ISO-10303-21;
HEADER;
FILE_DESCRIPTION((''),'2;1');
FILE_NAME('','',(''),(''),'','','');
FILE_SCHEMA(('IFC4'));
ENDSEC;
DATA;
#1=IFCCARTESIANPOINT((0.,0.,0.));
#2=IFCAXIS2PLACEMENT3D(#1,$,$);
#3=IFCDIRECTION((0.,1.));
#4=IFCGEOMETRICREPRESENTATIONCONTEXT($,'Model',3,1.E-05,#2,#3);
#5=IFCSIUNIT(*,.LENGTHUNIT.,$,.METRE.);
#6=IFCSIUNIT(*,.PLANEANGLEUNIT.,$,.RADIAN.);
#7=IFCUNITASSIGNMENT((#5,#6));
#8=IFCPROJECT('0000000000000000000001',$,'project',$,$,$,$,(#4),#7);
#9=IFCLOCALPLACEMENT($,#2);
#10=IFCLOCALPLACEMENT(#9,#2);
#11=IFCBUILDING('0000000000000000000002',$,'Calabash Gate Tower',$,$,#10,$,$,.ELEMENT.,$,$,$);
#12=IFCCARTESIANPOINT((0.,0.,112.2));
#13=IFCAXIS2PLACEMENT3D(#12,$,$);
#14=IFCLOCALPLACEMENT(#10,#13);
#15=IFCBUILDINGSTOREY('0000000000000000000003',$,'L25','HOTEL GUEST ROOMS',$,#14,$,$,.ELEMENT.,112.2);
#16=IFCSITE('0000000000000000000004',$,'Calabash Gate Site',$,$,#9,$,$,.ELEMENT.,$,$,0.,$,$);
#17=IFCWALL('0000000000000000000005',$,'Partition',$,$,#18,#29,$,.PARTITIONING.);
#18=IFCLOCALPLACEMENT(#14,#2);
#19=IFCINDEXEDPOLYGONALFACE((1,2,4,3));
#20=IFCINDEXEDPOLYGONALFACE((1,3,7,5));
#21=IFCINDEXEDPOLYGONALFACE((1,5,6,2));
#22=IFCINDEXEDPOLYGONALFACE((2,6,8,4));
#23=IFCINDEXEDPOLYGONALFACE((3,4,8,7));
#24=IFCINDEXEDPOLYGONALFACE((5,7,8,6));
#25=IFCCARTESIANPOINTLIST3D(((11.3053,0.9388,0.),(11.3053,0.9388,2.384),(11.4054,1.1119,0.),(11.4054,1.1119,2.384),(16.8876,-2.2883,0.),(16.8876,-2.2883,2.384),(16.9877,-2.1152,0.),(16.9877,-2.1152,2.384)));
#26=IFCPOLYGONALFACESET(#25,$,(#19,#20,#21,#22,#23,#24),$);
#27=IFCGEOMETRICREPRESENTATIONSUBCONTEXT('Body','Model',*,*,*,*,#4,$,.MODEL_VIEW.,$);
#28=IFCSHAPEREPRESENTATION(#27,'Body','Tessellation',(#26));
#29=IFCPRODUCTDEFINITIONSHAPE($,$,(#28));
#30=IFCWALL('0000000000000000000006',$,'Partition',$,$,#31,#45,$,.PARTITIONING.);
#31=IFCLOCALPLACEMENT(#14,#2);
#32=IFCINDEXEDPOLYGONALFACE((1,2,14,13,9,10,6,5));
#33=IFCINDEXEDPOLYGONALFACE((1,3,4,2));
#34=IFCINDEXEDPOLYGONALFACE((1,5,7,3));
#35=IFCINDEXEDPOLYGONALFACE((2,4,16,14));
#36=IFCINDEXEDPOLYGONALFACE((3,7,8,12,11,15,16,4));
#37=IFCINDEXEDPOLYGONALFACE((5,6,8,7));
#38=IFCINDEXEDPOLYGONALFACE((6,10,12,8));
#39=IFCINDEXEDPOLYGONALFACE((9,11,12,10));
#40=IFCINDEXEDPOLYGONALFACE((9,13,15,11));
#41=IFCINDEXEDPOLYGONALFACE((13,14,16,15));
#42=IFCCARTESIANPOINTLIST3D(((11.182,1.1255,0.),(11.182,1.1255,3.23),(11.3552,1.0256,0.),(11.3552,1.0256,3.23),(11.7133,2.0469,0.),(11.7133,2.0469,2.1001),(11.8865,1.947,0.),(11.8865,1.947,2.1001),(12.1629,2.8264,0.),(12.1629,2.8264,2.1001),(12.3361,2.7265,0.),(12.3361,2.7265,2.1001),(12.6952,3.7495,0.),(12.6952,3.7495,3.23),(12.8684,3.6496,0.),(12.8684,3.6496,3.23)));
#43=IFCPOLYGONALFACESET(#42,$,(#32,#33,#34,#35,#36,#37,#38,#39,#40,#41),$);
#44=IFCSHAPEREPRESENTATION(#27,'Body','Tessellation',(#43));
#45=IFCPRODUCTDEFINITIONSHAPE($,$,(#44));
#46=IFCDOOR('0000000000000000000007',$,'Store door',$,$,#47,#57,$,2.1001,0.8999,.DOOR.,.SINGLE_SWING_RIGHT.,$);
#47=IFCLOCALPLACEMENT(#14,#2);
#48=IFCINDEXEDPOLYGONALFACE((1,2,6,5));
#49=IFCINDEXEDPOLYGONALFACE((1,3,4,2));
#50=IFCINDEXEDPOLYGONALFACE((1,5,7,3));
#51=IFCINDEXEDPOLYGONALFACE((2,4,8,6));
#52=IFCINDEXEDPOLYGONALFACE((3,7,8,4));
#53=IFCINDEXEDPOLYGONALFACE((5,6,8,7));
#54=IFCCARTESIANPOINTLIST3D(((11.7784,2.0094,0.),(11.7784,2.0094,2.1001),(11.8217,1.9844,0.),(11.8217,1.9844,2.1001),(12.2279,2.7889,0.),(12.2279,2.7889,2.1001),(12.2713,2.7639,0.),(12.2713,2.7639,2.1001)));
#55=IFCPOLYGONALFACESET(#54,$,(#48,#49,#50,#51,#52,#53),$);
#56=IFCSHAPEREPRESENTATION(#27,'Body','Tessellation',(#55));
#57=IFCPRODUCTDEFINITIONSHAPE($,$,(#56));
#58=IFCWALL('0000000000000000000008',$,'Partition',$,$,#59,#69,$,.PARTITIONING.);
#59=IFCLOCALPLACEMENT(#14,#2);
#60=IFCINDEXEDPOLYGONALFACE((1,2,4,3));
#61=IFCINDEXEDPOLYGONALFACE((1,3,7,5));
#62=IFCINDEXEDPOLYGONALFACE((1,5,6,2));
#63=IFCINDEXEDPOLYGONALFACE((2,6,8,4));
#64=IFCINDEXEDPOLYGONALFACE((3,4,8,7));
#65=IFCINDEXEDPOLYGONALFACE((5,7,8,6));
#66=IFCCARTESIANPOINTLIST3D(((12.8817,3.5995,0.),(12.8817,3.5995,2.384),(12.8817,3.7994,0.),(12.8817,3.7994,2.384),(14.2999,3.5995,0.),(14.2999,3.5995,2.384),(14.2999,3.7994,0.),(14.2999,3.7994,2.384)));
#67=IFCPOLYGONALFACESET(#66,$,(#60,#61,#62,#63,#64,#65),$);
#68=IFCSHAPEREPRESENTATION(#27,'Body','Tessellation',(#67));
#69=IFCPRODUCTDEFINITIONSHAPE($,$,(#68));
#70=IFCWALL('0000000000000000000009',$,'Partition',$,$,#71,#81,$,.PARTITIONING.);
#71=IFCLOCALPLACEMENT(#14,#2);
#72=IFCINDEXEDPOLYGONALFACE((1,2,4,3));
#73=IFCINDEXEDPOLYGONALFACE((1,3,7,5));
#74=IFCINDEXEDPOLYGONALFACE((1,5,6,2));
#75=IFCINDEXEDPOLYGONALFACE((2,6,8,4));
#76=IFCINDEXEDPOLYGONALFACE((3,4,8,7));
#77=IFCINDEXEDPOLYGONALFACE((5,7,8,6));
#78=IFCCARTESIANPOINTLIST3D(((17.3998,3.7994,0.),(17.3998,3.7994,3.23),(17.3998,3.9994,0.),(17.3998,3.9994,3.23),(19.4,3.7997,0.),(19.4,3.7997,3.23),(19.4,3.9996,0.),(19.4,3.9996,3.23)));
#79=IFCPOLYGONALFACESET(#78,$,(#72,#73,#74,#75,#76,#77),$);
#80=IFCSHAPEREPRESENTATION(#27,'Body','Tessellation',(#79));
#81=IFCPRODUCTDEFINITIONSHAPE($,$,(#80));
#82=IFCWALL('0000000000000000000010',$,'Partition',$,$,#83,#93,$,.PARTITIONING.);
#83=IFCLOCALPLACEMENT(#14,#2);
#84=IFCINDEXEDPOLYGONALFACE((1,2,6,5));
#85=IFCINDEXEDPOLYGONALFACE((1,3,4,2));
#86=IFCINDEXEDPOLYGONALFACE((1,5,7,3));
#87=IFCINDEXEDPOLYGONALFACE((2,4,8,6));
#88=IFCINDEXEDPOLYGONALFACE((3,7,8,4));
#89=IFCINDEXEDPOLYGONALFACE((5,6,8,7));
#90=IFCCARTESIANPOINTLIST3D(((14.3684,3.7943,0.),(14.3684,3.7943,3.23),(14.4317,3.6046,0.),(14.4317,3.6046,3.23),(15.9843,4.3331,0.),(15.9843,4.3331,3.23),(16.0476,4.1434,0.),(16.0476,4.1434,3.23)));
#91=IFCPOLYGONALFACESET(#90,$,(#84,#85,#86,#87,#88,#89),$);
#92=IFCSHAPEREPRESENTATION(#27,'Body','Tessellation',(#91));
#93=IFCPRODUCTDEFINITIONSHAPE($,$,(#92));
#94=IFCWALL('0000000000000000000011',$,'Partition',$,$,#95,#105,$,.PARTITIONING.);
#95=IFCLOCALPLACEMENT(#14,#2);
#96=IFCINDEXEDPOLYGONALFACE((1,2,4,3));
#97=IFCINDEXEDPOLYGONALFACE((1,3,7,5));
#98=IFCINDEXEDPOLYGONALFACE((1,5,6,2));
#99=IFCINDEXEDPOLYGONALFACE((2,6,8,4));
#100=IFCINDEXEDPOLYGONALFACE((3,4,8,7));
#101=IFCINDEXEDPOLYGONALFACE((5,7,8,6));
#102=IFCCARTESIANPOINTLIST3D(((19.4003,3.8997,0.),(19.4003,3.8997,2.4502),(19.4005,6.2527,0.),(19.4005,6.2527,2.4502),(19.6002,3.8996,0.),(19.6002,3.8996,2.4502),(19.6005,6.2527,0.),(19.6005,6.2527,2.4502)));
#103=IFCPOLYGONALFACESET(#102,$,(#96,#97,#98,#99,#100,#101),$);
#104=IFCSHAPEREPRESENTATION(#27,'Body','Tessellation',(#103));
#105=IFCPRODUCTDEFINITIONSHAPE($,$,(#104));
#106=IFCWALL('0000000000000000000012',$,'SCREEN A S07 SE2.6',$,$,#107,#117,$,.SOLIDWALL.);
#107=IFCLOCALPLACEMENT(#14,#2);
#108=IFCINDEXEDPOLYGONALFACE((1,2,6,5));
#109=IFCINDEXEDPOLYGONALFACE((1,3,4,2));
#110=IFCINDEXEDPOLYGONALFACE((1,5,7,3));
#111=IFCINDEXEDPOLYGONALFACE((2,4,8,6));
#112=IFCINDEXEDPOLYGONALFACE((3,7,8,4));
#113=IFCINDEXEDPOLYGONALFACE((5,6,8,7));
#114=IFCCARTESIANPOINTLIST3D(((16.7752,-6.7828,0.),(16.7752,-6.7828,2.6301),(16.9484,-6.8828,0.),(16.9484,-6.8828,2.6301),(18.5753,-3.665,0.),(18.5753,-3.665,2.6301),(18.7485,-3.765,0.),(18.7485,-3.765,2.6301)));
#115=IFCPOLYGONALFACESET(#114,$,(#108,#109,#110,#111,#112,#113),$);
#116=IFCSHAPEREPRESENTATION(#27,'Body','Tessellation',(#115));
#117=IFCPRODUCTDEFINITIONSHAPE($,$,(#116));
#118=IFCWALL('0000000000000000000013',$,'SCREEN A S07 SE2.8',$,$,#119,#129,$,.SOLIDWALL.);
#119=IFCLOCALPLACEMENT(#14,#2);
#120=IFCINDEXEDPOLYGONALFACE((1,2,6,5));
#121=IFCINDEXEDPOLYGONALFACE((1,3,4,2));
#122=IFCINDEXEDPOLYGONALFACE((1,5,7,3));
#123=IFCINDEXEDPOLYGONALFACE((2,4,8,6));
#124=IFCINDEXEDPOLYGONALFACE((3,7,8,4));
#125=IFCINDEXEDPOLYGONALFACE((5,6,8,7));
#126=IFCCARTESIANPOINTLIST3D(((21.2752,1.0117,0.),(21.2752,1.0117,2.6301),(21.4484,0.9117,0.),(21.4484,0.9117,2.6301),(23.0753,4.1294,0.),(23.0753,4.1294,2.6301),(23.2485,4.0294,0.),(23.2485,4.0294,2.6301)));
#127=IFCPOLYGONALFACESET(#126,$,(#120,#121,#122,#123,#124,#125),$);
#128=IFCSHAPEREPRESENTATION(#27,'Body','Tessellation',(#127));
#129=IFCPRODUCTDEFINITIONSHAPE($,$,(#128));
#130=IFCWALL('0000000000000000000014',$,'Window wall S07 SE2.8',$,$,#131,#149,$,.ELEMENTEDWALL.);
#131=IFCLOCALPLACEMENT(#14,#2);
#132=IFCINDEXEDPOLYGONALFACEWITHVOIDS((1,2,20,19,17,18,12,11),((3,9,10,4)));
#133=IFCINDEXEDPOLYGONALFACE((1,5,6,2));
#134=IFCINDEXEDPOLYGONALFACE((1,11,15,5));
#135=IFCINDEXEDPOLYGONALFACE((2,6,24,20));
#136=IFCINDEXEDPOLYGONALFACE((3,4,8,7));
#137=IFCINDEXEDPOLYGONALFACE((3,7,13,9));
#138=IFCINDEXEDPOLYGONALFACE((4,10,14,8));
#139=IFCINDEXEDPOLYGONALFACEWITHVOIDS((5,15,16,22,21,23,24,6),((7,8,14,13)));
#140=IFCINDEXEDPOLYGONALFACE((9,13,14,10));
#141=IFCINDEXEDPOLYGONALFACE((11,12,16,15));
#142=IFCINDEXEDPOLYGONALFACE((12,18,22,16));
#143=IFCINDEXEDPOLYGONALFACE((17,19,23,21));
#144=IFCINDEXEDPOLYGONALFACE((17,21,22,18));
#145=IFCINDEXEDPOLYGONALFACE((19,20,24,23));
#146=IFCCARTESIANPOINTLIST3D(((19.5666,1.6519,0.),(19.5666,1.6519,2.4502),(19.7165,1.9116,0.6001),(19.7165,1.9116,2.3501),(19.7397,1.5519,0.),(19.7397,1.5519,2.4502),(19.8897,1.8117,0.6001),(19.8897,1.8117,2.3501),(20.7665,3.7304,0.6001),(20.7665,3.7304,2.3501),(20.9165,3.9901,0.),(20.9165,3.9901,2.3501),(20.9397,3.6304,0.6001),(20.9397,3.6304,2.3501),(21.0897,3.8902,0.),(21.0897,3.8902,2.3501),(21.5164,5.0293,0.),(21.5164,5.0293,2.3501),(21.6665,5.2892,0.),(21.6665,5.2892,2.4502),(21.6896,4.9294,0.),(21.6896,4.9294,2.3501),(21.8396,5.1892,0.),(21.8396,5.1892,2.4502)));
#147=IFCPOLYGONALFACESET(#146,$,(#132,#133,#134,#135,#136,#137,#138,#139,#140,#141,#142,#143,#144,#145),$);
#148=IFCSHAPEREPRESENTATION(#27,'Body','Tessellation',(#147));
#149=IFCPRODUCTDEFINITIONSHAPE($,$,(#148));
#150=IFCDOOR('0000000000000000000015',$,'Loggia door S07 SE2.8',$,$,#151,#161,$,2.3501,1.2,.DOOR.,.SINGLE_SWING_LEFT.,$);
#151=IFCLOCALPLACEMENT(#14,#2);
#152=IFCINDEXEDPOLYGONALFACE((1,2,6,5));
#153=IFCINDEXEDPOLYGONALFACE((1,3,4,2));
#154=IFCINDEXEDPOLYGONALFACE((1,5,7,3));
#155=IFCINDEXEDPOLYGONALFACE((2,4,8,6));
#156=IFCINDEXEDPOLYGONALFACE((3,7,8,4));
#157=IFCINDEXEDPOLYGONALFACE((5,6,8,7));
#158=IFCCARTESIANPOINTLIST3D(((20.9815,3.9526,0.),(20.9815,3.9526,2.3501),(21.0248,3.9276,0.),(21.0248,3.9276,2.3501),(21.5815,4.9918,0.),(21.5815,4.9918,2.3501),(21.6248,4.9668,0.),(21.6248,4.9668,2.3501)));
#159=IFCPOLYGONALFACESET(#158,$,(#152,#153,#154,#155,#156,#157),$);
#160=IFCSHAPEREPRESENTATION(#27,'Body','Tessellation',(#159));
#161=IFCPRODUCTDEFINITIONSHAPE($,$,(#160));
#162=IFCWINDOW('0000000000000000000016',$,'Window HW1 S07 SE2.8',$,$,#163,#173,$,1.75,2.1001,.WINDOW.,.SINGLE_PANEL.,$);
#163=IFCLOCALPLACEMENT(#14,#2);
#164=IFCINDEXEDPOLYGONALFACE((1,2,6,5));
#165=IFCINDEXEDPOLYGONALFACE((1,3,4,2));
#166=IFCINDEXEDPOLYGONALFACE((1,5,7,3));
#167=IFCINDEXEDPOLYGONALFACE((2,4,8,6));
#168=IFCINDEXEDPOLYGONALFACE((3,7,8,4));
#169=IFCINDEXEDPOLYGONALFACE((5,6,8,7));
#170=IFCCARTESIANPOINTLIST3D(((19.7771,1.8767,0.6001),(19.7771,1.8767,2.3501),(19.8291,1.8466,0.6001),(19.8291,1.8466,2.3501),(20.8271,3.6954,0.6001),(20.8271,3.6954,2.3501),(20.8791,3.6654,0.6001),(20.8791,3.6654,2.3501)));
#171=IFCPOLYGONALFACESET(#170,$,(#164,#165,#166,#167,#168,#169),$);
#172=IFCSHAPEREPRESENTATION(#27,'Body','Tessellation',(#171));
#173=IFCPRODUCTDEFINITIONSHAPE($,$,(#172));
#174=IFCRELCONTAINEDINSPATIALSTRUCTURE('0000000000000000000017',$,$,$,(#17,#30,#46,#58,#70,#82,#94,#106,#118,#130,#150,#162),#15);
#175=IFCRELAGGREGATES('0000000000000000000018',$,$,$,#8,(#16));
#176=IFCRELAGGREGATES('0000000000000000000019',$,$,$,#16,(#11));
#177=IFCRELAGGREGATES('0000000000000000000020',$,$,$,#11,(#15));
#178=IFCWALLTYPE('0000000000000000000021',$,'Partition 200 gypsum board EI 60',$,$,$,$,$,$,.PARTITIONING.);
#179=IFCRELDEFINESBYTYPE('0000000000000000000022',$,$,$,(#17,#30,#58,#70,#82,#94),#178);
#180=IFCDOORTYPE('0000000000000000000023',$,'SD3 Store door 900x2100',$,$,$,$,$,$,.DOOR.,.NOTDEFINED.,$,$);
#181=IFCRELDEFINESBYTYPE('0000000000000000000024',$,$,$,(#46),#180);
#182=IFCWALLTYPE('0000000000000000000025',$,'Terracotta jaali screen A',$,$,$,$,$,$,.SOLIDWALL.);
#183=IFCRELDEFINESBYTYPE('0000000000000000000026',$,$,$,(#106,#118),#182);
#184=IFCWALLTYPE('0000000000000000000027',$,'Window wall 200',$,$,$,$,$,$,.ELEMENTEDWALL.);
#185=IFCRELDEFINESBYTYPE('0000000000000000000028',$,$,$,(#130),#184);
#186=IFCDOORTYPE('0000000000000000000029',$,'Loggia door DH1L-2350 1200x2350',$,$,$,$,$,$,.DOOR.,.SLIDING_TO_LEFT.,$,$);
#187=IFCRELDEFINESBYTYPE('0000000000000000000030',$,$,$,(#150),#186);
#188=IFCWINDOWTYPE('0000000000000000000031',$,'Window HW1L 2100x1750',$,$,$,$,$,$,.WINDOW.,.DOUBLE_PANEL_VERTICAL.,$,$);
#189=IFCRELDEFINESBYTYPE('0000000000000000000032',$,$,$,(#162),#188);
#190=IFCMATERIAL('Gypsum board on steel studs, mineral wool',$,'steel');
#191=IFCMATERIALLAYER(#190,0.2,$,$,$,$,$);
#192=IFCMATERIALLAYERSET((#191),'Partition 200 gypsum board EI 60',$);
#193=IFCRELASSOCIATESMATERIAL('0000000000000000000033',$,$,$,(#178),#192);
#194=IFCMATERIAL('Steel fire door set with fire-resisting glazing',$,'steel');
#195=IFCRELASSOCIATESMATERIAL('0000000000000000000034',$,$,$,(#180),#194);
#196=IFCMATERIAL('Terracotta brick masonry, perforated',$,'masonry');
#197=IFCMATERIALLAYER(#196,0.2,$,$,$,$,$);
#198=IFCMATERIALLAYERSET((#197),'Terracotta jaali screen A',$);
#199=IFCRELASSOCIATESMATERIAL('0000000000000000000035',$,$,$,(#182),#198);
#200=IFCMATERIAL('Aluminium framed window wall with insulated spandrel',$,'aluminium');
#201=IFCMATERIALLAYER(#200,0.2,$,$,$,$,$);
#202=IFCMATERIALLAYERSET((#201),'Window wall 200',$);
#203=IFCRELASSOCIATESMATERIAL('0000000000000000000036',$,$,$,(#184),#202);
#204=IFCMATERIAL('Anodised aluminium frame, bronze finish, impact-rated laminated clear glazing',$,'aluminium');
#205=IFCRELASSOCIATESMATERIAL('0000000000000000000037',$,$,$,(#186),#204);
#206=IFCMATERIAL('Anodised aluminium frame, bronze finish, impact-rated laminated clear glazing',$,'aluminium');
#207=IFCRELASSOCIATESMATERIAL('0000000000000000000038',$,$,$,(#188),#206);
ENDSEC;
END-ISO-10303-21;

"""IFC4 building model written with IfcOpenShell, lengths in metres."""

from ifc_helpers import new_model, si_unit, direction, frame, frame_2d, origin, place, context, subcontext, project, spatial, rectangle, extrude, material, layer, layer_set, type_object, element, fill, save


model = new_model("IFC4")

# Units and contexts
model_context = context("Model", 3, precision=1e-05, world=origin(), true_north=direction((0.0, 1.0)))
body_context = subcontext(model_context, "Body", "Model", "MODEL_VIEW")
ifc_project = project(units=[si_unit("LENGTHUNIT", "METRE"), si_unit("PLANEANGLEUNIT", "RADIAN")], contexts=[model_context])

# Site, building, storey
site_placement = place(None, origin())
site = spatial("IfcSite", under=ifc_project, at=site_placement, Name="Calabash Gate Site", CompositionType="ELEMENT", RefElevation=0.0)
building_placement = place(site_placement, origin())
building = spatial("IfcBuilding", under=site, at=building_placement, Name="Calabash Gate Tower", CompositionType="ELEMENT")
storey_placement = place(building_placement, frame((0.0, 0.0, 112.2)))
storey = spatial("IfcBuildingStorey", under=building, at=storey_placement, Name="L25", Description="HOTEL GUEST ROOMS", CompositionType="ELEMENT", Elevation=112.2)

# Wall
ifc_material_1 = material(Name="Gypsum board on steel studs, mineral wool", Category="steel")
ifc_layer_1 = layer(ifc_material_1, 0.2)
ifc_layer_set_1 = layer_set([ifc_layer_1], Name="Partition 200 gypsum board EI 60")
wall_type_1 = type_object("IfcWallType", Name="Partition 200 gypsum board EI 60", PredefinedType="PARTITIONING", material=ifc_layer_set_1)
wall_1_placement = place(storey_placement, frame((11.3552, 1.0254, 0.0), z_axis=(0.0, 0.0, 1.0), x_axis=(0.865748, -0.500479, 0.0)))
element("IfcWall", 1, at=wall_1_placement, inside=storey, type_object=wall_type_1, Name="Partition", PredefinedType="PARTITIONING", context=body_context, shape_type="SweptSolid", body=[
    extrude(rectangle(XDim=6.448, YDim=0.2, at=frame_2d((3.2241, 0.0))), origin(), (0.0, 0.0, 1.0), 2.384),
])

# Wall, opening, door
wall_2_placement = place(storey_placement, frame((11.2686, 1.0754, 0.0), z_axis=(0.0, 0.0, 1.0), x_axis=(0.499555, 0.866282, 0.0)))
wall_2 = element("IfcWall", 2, at=wall_2_placement, inside=storey, type_object=wall_type_1, Name="Partition", PredefinedType="PARTITIONING", context=body_context, shape_type="SweptSolid", body=[
    extrude(rectangle(XDim=3.0291, YDim=0.2, at=frame_2d((1.5146, 0.0))), origin(), (0.0, 0.0, 1.0), 3.23),
])
opening_1_placement = place(wall_2_placement, frame((1.0637, 0.0, 0.0)))
opening_1 = element("IfcOpeningElement", 3, at=opening_1_placement, cuts=wall_2, PredefinedType="OPENING", context=body_context, shape_type="SweptSolid", body=[
    extrude(rectangle(XDim=0.8999, YDim=2.1001, at=frame_2d((0.45, 1.05))), frame((0.0, 0.1099, 0.0), z_axis=(0.0, -1.0, 0.0), x_axis=(1.0, 0.0, 0.0)), (0.0, 0.0, 1.0), 0.22),
])
ifc_material_2 = material(Name="Steel fire door set with fire-resisting glazing", Category="steel")
door_type_1 = type_object("IfcDoorType", Name="SD3 Store door 900x2100", OperationType="NOTDEFINED", PredefinedType="DOOR", material=ifc_material_2)
door_1_placement = place(opening_1_placement, origin())
door_1 = element("IfcDoor", 4, at=door_1_placement, inside=storey, type_object=door_type_1, Name="Store door", OperationType="SINGLE_SWING_RIGHT", OverallHeight=2.1001, OverallWidth=0.8999, PredefinedType="DOOR", context=body_context, shape_type="SweptSolid", body=[
    extrude(rectangle(XDim=0.8999, YDim=2.1001, at=frame_2d((0.45, 1.05))), frame((0.0, 0.0249, 0.0), z_axis=(0.0, -1.0, 0.0), x_axis=(1.0, 0.0, 0.0)), (0.0, 0.0, 1.0), 0.05),
])
fill(opening_1, door_1)

# Walls
wall_3_placement = place(storey_placement, frame((12.8818, 3.6995, 0.0), z_axis=(0.0, 0.0, 1.0), x_axis=(1.0, 0.0, 0.0)))
element("IfcWall", 5, at=wall_3_placement, inside=storey, type_object=wall_type_1, Name="Partition", PredefinedType="PARTITIONING", context=body_context, shape_type="SweptSolid", body=[
    extrude(rectangle(XDim=1.4182, YDim=0.2, at=frame_2d((0.709, 0.0))), origin(), (0.0, 0.0, 1.0), 2.384),
])
wall_4_placement = place(storey_placement, frame((17.3999, 3.8994, 0.0), z_axis=(0.0, 0.0, 1.0), x_axis=(1.0, 0.000122, 0.0)))
element("IfcWall", 6, at=wall_4_placement, inside=storey, type_object=wall_type_1, Name="Partition", PredefinedType="PARTITIONING", context=body_context, shape_type="SweptSolid", body=[
    extrude(rectangle(XDim=2.0002, YDim=0.2, at=frame_2d((1.0, 0.0))), origin(), (0.0, 0.0, 1.0), 3.23),
])
wall_5_placement = place(storey_placement, frame((14.4001, 3.6995, 0.0), z_axis=(0.0, 0.0, 1.0), x_axis=(0.948655, 0.316314, 0.0)))
element("IfcWall", 7, at=wall_5_placement, inside=storey, type_object=wall_type_1, Name="Partition", PredefinedType="PARTITIONING", context=body_context, shape_type="SweptSolid", body=[
    extrude(rectangle(XDim=1.7034, YDim=0.2, at=frame_2d((0.8516, 0.0))), origin(), (0.0, 0.0, 1.0), 3.23),
])
wall_6_placement = place(storey_placement, frame((19.5002, 3.8997, 0.0), z_axis=(0.0, 0.0, 1.0), x_axis=(0.000104, 1.0, 0.0)))
element("IfcWall", 8, at=wall_6_placement, inside=storey, type_object=wall_type_1, Name="Partition", PredefinedType="PARTITIONING", context=body_context, shape_type="SweptSolid", body=[
    extrude(rectangle(XDim=2.353, YDim=0.2, at=frame_2d((1.1765, 0.0))), origin(), (0.0, 0.0, 1.0), 2.4502),
])
ifc_material_3 = material(Name="Terracotta brick masonry, perforated", Category="masonry")
ifc_layer_2 = layer(ifc_material_3, 0.2)
ifc_layer_set_2 = layer_set([ifc_layer_2], Name="Terracotta jaali screen A")
wall_type_2 = type_object("IfcWallType", Name="Terracotta jaali screen A", PredefinedType="SOLIDWALL", material=ifc_layer_set_2)
for number, where, z_axis, x_axis, name in (
    (9, (16.8618, -6.8328, 0.0), (0.0, 0.0, 1.0), (0.500012, 0.866018, 0.0), "SCREEN A S07 SE2.6"),
    (10, (21.3618, 0.9617, 0.0), (0.0, 0.0, 1.0), (0.500012, 0.866018, 0.0), "SCREEN A S07 SE2.8"),
):
    element("IfcWall", number, at=place(storey_placement, frame(where, z_axis=z_axis, x_axis=x_axis)), inside=storey, type_object=wall_type_2, Name=name, PredefinedType="SOLIDWALL", context=body_context, shape_type="SweptSolid", body=[
        extrude(rectangle(XDim=3.6001, YDim=0.2, at=frame_2d((1.8, 0.0))), origin(), (0.0, 0.0, 1.0), 2.6301),
    ])

# Wall, openings, door, window
ifc_material_4 = material(Name="Aluminium framed window wall with insulated spandrel", Category="aluminium")
ifc_layer_3 = layer(ifc_material_4, 0.2)
ifc_layer_set_3 = layer_set([ifc_layer_3], Name="Window wall 200")
wall_type_3 = type_object("IfcWallType", Name="Window wall 200", PredefinedType="ELEMENTEDWALL", material=ifc_layer_set_3)
wall_7_placement = place(storey_placement, frame((19.6531, 1.6018, 0.0), z_axis=(0.0, 0.0, 1.0), x_axis=(0.499984, 0.866035, 0.0)))
wall_7 = element("IfcWall", 11, at=wall_7_placement, inside=storey, type_object=wall_type_3, Name="Window wall S07 SE2.8", PredefinedType="ELEMENTEDWALL", context=body_context, shape_type="SweptSolid", body=[
    extrude(rectangle(XDim=4.2, YDim=0.2, at=frame_2d((2.1001, 0.0))), origin(), (0.0, 0.0, 1.0), 2.4502),
])
opening_2_placement = place(wall_7_placement, frame((0.3, 0.0, 0.6001)))
opening_2 = element("IfcOpeningElement", 12, at=opening_2_placement, cuts=wall_7, PredefinedType="OPENING", context=body_context, shape_type="SweptSolid", body=[
    extrude(rectangle(XDim=2.1001, YDim=1.75, at=frame_2d((1.05, 0.875))), frame((0.0, 0.1099, 0.0), z_axis=(0.0, -1.0, 0.0), x_axis=(1.0, 0.0, 0.0)), (0.0, 0.0, 1.0), 0.22),
])
opening_3_placement = place(wall_7_placement, frame((2.7, 0.0, 0.0)))
opening_3 = element("IfcOpeningElement", 13, at=opening_3_placement, cuts=wall_7, PredefinedType="OPENING", context=body_context, shape_type="SweptSolid", body=[
    extrude(rectangle(XDim=1.2, YDim=2.3501, at=frame_2d((0.6001, 1.175))), frame((0.0, 0.1099, 0.0), z_axis=(0.0, -1.0, 0.0), x_axis=(1.0, 0.0, 0.0)), (0.0, 0.0, 1.0), 0.22),
])
ifc_material_5 = material(Name="Anodised aluminium frame, bronze finish, impact-rated laminated clear glazing", Category="aluminium")
door_type_2 = type_object("IfcDoorType", Name="Loggia door DH1L-2350 1200x2350", OperationType="SLIDING_TO_LEFT", PredefinedType="DOOR", material=ifc_material_5)
door_2_placement = place(opening_3_placement, origin())
door_2 = element("IfcDoor", 14, at=door_2_placement, inside=storey, type_object=door_type_2, Name="Loggia door S07 SE2.8", OperationType="SINGLE_SWING_LEFT", OverallHeight=2.3501, OverallWidth=1.2, PredefinedType="DOOR", context=body_context, shape_type="SweptSolid", body=[
    extrude(rectangle(XDim=1.2, YDim=2.3501, at=frame_2d((0.6001, 1.175))), frame((0.0, 0.0249, 0.0), z_axis=(0.0, -1.0, 0.0), x_axis=(1.0, 0.0, 0.0)), (0.0, 0.0, 1.0), 0.05),
])
fill(opening_3, door_2)
ifc_material_6 = material(Name="Anodised aluminium frame, bronze finish, impact-rated laminated clear glazing", Category="aluminium")
window_type_1 = type_object("IfcWindowType", Name="Window HW1L 2100x1750", PartitioningType="DOUBLE_PANEL_VERTICAL", PredefinedType="WINDOW", material=ifc_material_6)
window_1_placement = place(opening_2_placement, origin())
window_1 = element("IfcWindow", 15, at=window_1_placement, inside=storey, type_object=window_type_1, Name="Window HW1 S07 SE2.8", OverallHeight=1.75, OverallWidth=2.1001, PartitioningType="SINGLE_PANEL", PredefinedType="WINDOW", context=body_context, shape_type="SweptSolid", body=[
    extrude(rectangle(XDim=2.1001, YDim=1.75, at=frame_2d((1.05, 0.875))), frame((0.0, 0.03, 0.0), z_axis=(0.0, -1.0, 0.0), x_axis=(1.0, 0.0, 0.0)), (0.0, 0.0, 1.0), 0.0601),
])
fill(opening_2, window_1)

save(model, "model.ifc")
